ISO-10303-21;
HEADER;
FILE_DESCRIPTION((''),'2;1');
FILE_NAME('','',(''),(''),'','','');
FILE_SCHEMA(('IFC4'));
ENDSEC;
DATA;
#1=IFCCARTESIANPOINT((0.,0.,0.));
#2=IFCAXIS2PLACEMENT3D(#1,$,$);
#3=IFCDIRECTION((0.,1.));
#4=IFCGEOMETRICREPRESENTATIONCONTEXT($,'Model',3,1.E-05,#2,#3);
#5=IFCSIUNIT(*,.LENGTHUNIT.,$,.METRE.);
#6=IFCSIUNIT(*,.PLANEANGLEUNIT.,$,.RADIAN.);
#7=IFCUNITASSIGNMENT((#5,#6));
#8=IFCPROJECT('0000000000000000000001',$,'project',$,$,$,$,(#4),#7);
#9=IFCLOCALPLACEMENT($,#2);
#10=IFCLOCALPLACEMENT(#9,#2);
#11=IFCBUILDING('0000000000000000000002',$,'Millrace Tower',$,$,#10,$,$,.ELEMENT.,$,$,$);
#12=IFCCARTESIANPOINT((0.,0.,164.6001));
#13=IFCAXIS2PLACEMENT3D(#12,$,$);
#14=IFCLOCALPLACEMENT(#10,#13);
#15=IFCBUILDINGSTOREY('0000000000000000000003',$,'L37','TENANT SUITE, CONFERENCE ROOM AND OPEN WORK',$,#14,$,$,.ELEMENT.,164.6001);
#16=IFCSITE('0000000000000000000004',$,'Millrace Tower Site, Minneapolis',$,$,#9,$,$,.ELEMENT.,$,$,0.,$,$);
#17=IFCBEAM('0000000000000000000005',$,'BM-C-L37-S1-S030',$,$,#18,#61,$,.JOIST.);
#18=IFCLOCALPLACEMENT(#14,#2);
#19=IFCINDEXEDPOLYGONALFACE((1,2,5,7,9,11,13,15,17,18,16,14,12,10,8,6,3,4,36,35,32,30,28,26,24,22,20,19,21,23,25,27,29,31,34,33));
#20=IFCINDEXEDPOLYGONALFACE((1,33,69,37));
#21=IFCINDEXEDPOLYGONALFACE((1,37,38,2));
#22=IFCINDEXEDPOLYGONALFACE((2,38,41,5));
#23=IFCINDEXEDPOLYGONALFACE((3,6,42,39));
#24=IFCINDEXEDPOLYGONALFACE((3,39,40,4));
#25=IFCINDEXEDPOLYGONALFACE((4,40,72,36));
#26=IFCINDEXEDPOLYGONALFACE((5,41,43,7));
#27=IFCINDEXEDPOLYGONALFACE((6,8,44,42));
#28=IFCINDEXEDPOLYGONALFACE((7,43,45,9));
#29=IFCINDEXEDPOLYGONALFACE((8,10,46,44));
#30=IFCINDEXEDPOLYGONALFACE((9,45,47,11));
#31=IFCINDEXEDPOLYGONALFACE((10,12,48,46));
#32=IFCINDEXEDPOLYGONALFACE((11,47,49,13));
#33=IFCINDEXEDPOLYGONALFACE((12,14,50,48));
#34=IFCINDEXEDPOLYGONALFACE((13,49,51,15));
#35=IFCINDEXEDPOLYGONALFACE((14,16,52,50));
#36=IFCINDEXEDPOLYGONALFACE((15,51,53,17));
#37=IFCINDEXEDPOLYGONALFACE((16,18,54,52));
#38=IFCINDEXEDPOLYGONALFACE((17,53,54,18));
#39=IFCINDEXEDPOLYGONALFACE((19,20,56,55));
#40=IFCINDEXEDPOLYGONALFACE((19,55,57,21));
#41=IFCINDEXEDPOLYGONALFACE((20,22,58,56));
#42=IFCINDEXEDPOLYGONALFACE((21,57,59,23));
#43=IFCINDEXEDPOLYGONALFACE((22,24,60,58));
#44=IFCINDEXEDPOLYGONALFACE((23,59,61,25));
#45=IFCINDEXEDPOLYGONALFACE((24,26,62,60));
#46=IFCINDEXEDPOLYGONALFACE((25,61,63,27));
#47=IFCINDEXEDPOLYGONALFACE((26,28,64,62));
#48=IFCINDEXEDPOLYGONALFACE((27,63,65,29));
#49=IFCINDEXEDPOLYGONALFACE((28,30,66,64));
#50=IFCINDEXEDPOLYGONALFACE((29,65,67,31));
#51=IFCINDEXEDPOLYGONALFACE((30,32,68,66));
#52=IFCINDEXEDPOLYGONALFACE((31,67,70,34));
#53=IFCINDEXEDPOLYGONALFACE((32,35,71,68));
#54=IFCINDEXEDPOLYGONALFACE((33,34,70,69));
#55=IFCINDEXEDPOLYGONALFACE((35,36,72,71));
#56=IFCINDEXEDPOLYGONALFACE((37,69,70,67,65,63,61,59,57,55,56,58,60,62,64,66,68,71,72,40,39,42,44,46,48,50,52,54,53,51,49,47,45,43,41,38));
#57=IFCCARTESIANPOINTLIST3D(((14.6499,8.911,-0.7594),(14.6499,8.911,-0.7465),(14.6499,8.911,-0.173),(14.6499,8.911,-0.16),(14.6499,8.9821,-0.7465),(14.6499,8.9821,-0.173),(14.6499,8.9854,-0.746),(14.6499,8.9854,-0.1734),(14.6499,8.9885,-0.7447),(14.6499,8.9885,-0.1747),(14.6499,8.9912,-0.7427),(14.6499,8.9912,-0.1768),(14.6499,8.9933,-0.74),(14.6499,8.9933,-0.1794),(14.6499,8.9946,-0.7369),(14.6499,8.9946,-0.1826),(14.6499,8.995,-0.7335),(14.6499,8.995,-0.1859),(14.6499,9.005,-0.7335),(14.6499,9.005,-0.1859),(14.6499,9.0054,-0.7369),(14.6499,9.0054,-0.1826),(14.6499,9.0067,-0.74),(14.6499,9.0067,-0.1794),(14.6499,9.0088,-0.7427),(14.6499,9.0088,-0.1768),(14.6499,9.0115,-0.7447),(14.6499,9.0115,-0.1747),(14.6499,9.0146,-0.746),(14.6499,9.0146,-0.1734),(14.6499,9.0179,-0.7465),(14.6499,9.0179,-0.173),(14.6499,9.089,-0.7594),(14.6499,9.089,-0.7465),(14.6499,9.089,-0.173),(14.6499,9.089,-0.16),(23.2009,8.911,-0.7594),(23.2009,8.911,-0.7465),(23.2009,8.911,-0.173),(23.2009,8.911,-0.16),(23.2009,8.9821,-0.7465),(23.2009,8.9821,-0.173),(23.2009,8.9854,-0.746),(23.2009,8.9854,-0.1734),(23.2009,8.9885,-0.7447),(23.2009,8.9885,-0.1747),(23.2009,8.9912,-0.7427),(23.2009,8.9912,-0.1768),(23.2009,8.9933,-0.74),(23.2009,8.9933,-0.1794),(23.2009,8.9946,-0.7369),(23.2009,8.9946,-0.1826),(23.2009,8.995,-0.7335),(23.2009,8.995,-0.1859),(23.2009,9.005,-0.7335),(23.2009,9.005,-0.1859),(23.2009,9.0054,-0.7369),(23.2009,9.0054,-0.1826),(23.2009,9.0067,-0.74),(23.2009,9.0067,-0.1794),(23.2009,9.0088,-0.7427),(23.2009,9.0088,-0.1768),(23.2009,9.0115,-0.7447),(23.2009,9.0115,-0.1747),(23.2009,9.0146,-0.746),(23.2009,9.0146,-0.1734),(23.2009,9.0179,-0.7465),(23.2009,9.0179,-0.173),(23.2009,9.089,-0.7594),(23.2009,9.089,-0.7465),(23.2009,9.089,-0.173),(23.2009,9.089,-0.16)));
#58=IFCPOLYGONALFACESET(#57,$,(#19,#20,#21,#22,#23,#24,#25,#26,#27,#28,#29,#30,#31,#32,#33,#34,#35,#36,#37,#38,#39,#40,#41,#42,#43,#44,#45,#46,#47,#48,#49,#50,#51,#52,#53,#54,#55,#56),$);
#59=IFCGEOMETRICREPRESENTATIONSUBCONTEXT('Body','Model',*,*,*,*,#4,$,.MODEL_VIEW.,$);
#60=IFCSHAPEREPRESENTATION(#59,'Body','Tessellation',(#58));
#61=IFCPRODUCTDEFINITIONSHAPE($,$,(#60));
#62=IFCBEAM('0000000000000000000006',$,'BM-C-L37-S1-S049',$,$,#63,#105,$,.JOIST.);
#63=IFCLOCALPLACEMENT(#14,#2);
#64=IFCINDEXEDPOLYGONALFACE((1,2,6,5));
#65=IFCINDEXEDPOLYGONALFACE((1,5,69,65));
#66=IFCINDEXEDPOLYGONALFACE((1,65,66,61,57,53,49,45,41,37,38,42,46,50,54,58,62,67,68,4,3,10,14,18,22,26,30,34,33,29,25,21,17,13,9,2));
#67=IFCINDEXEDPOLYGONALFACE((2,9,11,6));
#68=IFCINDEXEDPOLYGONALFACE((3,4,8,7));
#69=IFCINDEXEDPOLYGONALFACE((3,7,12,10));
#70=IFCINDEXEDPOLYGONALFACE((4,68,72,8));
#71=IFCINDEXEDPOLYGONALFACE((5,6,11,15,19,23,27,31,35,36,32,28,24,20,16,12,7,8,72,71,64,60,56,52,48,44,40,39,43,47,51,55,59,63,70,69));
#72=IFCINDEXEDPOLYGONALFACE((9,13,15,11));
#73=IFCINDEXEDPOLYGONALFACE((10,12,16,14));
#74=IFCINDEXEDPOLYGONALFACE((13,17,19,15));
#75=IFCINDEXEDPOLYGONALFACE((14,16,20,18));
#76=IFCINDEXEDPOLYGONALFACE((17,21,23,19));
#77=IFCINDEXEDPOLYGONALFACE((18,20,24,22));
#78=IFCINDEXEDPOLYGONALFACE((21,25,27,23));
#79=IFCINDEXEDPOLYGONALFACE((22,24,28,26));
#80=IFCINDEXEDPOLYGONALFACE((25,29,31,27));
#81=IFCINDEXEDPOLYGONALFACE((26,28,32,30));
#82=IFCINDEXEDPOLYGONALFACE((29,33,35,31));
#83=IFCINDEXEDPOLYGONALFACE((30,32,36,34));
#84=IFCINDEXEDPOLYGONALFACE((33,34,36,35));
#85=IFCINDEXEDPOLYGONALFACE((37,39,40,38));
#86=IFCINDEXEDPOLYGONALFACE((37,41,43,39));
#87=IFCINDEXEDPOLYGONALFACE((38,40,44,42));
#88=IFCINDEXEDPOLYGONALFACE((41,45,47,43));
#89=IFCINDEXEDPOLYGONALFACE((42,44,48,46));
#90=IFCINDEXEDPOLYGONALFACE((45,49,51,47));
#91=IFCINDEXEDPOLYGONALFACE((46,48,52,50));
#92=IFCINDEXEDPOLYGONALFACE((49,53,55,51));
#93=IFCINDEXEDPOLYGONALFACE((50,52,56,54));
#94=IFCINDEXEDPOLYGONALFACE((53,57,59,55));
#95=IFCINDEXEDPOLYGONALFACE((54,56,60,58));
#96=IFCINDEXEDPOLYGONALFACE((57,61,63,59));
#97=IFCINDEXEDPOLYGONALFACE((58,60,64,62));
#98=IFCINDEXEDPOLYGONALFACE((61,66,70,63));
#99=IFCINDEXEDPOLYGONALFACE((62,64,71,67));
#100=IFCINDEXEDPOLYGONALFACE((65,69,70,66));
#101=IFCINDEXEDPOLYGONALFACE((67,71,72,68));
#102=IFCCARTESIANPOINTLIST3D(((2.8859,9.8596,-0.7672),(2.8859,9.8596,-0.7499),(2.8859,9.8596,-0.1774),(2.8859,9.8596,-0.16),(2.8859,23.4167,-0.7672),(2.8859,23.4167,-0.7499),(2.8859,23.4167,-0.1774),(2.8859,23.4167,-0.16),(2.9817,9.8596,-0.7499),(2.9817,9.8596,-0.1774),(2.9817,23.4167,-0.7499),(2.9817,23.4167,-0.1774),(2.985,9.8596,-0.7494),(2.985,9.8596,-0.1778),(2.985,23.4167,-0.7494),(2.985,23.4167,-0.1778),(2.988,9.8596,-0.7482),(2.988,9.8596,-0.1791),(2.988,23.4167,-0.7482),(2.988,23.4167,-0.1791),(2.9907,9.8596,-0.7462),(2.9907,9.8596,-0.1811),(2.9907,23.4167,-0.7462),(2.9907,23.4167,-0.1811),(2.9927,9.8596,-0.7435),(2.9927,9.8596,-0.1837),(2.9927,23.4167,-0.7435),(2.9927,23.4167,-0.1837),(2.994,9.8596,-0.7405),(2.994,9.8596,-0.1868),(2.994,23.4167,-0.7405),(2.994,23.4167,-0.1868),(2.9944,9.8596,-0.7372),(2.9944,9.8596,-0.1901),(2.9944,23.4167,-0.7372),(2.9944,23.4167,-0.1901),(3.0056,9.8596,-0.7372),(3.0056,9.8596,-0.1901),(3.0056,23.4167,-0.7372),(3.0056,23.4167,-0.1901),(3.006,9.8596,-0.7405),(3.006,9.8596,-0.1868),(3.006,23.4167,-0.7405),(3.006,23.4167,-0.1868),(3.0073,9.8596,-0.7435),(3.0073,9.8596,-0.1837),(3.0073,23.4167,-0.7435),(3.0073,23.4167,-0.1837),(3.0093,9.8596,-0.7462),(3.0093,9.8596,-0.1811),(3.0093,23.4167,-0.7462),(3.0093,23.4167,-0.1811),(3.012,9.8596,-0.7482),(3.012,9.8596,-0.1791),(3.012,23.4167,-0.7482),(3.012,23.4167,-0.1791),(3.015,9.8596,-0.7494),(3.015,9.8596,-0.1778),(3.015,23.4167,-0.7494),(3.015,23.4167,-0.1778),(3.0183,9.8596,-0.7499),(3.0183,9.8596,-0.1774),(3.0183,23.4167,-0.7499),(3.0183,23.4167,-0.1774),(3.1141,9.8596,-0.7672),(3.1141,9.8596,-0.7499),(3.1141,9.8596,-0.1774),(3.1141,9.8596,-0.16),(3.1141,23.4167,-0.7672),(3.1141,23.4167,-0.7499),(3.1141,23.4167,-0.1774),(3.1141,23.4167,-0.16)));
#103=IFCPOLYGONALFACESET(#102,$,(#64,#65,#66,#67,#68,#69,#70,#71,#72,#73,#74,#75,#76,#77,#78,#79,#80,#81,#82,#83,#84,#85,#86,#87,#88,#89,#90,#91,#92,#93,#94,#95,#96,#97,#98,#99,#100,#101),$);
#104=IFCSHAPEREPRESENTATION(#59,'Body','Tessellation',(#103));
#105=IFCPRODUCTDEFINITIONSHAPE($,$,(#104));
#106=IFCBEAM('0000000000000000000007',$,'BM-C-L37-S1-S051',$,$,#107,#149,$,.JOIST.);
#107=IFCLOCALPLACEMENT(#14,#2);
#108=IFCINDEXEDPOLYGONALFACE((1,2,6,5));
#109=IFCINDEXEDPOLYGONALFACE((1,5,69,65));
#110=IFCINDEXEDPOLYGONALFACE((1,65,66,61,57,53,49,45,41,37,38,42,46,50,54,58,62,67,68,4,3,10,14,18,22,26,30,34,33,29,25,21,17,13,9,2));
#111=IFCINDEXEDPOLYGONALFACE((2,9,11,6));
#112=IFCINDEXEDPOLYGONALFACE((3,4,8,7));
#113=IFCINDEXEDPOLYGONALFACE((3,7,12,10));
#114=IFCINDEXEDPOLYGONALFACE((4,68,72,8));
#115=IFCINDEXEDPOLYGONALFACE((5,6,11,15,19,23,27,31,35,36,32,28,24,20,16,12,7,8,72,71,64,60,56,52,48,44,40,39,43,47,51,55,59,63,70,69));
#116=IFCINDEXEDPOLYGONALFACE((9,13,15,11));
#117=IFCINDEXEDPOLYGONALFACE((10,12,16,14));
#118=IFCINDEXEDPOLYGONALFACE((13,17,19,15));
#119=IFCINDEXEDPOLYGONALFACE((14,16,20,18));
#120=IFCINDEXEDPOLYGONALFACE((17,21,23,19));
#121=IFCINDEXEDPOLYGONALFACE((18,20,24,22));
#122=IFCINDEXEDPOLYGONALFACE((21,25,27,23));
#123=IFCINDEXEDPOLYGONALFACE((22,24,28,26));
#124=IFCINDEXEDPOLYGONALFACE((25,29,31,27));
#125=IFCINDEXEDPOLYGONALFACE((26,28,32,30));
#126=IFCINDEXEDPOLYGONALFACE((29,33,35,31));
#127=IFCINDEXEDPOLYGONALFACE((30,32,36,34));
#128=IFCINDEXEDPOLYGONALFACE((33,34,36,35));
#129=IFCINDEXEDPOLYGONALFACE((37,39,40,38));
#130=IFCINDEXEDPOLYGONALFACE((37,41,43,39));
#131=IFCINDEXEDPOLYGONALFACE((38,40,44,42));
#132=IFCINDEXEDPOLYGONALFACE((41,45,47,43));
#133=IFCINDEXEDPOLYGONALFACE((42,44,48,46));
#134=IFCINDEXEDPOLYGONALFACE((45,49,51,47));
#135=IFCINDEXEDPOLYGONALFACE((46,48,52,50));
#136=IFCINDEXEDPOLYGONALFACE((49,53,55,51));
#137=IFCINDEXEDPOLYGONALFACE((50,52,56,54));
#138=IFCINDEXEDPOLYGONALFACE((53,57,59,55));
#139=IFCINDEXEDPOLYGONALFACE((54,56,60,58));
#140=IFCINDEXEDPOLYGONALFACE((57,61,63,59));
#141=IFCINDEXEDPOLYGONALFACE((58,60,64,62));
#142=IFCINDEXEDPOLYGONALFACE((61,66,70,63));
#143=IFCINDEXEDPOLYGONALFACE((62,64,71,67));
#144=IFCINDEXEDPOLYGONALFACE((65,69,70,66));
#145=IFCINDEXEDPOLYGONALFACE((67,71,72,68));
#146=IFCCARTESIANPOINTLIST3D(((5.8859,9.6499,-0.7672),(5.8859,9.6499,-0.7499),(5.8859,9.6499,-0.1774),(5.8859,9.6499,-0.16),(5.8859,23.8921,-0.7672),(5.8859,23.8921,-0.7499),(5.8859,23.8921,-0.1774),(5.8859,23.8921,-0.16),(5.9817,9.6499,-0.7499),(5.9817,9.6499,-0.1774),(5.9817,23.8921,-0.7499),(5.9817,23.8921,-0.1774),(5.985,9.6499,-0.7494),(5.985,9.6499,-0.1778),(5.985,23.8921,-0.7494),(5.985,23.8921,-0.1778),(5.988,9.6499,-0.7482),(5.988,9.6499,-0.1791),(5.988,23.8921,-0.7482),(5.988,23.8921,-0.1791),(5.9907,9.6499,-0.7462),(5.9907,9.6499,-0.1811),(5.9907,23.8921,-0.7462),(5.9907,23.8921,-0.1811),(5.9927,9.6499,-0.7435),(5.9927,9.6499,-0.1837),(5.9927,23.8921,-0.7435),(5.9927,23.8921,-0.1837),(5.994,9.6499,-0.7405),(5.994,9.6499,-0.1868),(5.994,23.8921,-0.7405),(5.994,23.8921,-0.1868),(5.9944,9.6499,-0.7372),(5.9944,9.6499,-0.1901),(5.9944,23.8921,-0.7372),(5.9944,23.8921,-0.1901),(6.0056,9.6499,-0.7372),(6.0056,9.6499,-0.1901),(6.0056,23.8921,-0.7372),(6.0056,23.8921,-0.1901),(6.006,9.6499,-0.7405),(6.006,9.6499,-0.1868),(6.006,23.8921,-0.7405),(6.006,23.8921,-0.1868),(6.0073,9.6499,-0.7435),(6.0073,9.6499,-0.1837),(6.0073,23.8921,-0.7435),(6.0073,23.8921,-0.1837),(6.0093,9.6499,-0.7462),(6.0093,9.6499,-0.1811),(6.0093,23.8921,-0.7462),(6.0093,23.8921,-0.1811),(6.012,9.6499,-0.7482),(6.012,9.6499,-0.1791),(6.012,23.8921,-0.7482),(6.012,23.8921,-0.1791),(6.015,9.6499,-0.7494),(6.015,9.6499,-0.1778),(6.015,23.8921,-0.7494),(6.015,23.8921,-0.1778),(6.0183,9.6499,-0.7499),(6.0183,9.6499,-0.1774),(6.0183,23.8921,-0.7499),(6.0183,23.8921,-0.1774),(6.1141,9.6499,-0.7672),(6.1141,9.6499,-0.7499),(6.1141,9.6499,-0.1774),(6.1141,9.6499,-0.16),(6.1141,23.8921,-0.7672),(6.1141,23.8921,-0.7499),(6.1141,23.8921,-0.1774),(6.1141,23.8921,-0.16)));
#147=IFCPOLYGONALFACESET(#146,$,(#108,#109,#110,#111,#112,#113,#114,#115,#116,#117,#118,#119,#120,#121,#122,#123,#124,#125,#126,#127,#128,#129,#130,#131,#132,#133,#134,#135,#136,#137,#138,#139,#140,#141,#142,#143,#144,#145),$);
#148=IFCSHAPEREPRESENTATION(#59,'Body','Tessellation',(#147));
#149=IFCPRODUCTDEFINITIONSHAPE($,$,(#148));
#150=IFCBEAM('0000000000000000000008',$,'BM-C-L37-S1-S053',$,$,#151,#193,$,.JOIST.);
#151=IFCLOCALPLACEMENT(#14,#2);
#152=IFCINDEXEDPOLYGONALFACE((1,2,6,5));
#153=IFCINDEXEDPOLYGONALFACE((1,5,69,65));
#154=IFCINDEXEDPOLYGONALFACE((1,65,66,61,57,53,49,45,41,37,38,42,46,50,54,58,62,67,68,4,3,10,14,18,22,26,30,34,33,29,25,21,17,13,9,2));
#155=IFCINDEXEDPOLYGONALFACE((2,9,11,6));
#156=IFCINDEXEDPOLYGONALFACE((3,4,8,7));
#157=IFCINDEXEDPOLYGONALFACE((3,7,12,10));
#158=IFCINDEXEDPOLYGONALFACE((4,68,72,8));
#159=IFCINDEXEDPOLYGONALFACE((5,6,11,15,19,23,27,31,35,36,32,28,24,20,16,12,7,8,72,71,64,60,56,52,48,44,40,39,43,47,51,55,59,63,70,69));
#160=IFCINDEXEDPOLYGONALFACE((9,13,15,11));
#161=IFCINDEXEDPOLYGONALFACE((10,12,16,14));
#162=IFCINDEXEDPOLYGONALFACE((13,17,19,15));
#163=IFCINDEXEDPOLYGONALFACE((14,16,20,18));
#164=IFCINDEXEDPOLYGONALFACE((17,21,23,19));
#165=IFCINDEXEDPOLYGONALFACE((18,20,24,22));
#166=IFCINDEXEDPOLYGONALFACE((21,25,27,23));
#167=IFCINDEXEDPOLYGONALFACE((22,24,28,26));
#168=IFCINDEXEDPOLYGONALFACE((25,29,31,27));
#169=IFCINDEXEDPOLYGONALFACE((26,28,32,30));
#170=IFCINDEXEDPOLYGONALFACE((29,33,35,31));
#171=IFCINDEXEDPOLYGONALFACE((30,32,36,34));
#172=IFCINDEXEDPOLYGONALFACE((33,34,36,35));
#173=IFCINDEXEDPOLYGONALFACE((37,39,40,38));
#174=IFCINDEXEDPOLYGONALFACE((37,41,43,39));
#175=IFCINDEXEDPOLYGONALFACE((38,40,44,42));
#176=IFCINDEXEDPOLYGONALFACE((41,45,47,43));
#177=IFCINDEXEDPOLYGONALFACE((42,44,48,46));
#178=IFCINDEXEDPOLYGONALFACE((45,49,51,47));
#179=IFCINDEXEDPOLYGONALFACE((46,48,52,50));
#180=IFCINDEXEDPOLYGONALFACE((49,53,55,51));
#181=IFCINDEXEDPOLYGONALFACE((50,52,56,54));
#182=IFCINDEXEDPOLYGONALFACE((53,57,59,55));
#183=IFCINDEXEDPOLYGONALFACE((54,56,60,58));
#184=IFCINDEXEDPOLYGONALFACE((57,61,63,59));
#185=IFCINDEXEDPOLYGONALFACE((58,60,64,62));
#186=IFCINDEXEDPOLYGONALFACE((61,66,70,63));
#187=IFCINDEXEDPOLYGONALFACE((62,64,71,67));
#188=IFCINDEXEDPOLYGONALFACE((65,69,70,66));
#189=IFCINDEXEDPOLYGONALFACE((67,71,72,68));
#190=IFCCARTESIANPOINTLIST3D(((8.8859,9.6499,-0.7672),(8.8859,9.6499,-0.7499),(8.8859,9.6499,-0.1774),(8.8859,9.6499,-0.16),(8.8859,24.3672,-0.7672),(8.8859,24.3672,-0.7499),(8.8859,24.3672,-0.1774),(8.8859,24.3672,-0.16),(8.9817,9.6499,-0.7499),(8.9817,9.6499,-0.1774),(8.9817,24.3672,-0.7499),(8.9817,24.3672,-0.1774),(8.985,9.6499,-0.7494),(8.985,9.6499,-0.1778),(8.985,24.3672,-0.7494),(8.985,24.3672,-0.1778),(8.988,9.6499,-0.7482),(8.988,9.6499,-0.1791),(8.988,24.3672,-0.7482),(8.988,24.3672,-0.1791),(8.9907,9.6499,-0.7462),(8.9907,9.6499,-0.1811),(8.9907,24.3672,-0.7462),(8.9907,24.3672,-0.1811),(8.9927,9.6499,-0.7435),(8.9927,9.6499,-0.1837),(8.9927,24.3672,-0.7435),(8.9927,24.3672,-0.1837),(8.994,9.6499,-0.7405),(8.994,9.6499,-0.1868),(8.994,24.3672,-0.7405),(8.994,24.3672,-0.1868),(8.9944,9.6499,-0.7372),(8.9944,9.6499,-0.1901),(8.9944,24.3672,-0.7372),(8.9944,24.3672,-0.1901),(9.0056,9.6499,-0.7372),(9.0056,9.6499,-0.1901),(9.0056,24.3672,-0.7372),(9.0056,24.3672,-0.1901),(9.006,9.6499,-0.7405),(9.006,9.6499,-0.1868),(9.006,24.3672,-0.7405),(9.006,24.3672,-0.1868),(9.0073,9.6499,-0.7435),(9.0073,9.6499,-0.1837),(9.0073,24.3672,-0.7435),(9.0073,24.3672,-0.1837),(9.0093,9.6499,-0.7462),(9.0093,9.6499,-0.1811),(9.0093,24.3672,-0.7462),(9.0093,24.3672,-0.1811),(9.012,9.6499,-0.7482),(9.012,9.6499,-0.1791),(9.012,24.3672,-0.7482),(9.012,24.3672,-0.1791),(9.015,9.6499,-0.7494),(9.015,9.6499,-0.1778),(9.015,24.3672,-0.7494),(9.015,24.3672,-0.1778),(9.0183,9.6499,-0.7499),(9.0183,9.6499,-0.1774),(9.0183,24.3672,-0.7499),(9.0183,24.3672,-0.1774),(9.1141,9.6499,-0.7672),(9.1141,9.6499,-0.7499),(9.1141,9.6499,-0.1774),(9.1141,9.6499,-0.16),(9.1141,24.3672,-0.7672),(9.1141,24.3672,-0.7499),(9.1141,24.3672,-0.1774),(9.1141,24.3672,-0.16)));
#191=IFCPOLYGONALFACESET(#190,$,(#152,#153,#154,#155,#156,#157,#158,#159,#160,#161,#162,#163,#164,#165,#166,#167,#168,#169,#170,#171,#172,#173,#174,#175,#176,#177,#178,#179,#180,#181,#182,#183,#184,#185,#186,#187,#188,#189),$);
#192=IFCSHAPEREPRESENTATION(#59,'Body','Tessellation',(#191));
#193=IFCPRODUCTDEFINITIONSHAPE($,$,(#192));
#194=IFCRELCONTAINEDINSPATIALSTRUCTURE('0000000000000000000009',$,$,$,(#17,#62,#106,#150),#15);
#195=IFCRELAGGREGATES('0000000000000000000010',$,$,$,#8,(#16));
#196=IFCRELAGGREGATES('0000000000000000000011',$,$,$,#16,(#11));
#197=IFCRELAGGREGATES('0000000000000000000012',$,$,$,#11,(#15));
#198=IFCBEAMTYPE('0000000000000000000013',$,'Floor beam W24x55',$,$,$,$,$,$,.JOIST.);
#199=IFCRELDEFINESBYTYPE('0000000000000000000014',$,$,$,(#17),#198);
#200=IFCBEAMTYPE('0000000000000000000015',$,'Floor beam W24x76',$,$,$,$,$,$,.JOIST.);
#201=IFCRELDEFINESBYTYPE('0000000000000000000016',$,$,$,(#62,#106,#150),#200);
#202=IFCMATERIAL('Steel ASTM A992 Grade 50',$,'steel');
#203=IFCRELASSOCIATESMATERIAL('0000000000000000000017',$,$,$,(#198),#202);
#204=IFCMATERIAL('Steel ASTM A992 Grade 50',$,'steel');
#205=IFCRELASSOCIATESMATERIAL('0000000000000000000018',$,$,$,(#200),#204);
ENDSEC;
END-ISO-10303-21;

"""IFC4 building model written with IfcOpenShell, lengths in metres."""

from ifc_helpers import new_model, si_unit, direction, frame, origin, origin_2d, place, context, subcontext, project, spatial, i_section, extrude, material, material_profile, profile_set, type_object, element, save


model = new_model("IFC4")

# Units and contexts
model_context = context("Model", 3, precision=1e-05, world=origin(), true_north=direction((0.0, 1.0)))
body_context = subcontext(model_context, "Body", "Model", "MODEL_VIEW")
ifc_project = project(units=[si_unit("LENGTHUNIT", "METRE"), si_unit("PLANEANGLEUNIT", "RADIAN")], contexts=[model_context])

# Site, building, storey
site_placement = place(None, origin())
site = spatial("IfcSite", under=ifc_project, at=site_placement, Name="Millrace Tower Site, Minneapolis", CompositionType="ELEMENT", RefElevation=0.0)
building_placement = place(site_placement, origin())
building = spatial("IfcBuilding", under=site, at=building_placement, Name="Millrace Tower", CompositionType="ELEMENT")
storey_placement = place(building_placement, frame((0.0, 0.0, 164.6001)))
storey = spatial("IfcBuildingStorey", under=building, at=storey_placement, Name="L37", Description="TENANT SUITE, CONFERENCE ROOM AND OPEN WORK", CompositionType="ELEMENT", Elevation=164.6001)

# Beams
ifc_material_1 = material(Name="Steel ASTM A992 Grade 50", Category="steel")
ifc_material_profile_1 = material_profile(ifc_material_1, i_section(OverallWidth=0.178, OverallDepth=0.5994, WebThickness=0.01, FlangeThickness=0.0129, FilletRadius=0.0129, at=origin_2d()))
ifc_profile_set_1 = profile_set([ifc_material_profile_1], Name="Steel ASTM A992 Grade 50")
beam_type_1 = type_object("IfcBeamType", Name="Floor beam W24x55", PredefinedType="JOIST", material=ifc_profile_set_1)
beam_1_placement = place(storey_placement, frame((14.6499, 9.0, -0.4597), z_axis=(1.0, 0.0, 0.0), x_axis=(0.0, 1.0, 0.0)))
element("IfcBeam", 1, at=beam_1_placement, inside=storey, type_object=beam_type_1, Name="BM-C-L37-S1-S030", PredefinedType="JOIST", context=body_context, shape_type="SweptSolid", body=[
    extrude(i_section(OverallWidth=0.178, OverallDepth=0.5994, WebThickness=0.01, FlangeThickness=0.0129, FilletRadius=0.0129, at=origin_2d()), origin(), (0.0, 0.0, 1.0), 8.551),
])
ifc_material_2 = material(Name="Steel ASTM A992 Grade 50", Category="steel")
ifc_material_profile_2 = material_profile(ifc_material_2, i_section(OverallWidth=0.2283, OverallDepth=0.6072, WebThickness=0.0112, FlangeThickness=0.0173, FilletRadius=0.0127, at=origin_2d()))
ifc_profile_set_2 = profile_set([ifc_material_profile_2], Name="Steel ASTM A992 Grade 50")
beam_type_2 = type_object("IfcBeamType", Name="Floor beam W24x76", PredefinedType="JOIST", material=ifc_profile_set_2)
beam_2_placement = place(storey_placement, frame((3.0, 9.8596, -0.4636), z_axis=(0.0, 1.0, 0.0), x_axis=(-1.0, 0.0, 0.0)))
element("IfcBeam", 2, at=beam_2_placement, inside=storey, type_object=beam_type_2, Name="BM-C-L37-S1-S049", PredefinedType="JOIST", context=body_context, shape_type="SweptSolid", body=[
    extrude(i_section(OverallWidth=0.2283, OverallDepth=0.6072, WebThickness=0.0112, FlangeThickness=0.0173, FilletRadius=0.0127, at=origin_2d()), origin(), (0.0, 0.0, 1.0), 13.5571),
])
beam_3_placement = place(storey_placement, frame((6.0, 9.6499, -0.4636), z_axis=(0.0, 1.0, 0.0), x_axis=(-1.0, 0.0, 0.0)))
element("IfcBeam", 3, at=beam_3_placement, inside=storey, type_object=beam_type_2, Name="BM-C-L37-S1-S051", PredefinedType="JOIST", context=body_context, shape_type="SweptSolid", body=[
    extrude(i_section(OverallWidth=0.2283, OverallDepth=0.6072, WebThickness=0.0112, FlangeThickness=0.0173, FilletRadius=0.0127, at=origin_2d()), origin(), (0.0, 0.0, 1.0), 14.2422),
])
beam_4_placement = place(storey_placement, frame((9.0, 9.6499, -0.4636), z_axis=(0.0, 1.0, 0.0), x_axis=(-1.0, 0.0, 0.0)))
element("IfcBeam", 4, at=beam_4_placement, inside=storey, type_object=beam_type_2, Name="BM-C-L37-S1-S053", PredefinedType="JOIST", context=body_context, shape_type="SweptSolid", body=[
    extrude(i_section(OverallWidth=0.2283, OverallDepth=0.6072, WebThickness=0.0112, FlangeThickness=0.0173, FilletRadius=0.0127, at=origin_2d()), origin(), (0.0, 0.0, 1.0), 14.7173),
])

save(model, "model.ifc")
